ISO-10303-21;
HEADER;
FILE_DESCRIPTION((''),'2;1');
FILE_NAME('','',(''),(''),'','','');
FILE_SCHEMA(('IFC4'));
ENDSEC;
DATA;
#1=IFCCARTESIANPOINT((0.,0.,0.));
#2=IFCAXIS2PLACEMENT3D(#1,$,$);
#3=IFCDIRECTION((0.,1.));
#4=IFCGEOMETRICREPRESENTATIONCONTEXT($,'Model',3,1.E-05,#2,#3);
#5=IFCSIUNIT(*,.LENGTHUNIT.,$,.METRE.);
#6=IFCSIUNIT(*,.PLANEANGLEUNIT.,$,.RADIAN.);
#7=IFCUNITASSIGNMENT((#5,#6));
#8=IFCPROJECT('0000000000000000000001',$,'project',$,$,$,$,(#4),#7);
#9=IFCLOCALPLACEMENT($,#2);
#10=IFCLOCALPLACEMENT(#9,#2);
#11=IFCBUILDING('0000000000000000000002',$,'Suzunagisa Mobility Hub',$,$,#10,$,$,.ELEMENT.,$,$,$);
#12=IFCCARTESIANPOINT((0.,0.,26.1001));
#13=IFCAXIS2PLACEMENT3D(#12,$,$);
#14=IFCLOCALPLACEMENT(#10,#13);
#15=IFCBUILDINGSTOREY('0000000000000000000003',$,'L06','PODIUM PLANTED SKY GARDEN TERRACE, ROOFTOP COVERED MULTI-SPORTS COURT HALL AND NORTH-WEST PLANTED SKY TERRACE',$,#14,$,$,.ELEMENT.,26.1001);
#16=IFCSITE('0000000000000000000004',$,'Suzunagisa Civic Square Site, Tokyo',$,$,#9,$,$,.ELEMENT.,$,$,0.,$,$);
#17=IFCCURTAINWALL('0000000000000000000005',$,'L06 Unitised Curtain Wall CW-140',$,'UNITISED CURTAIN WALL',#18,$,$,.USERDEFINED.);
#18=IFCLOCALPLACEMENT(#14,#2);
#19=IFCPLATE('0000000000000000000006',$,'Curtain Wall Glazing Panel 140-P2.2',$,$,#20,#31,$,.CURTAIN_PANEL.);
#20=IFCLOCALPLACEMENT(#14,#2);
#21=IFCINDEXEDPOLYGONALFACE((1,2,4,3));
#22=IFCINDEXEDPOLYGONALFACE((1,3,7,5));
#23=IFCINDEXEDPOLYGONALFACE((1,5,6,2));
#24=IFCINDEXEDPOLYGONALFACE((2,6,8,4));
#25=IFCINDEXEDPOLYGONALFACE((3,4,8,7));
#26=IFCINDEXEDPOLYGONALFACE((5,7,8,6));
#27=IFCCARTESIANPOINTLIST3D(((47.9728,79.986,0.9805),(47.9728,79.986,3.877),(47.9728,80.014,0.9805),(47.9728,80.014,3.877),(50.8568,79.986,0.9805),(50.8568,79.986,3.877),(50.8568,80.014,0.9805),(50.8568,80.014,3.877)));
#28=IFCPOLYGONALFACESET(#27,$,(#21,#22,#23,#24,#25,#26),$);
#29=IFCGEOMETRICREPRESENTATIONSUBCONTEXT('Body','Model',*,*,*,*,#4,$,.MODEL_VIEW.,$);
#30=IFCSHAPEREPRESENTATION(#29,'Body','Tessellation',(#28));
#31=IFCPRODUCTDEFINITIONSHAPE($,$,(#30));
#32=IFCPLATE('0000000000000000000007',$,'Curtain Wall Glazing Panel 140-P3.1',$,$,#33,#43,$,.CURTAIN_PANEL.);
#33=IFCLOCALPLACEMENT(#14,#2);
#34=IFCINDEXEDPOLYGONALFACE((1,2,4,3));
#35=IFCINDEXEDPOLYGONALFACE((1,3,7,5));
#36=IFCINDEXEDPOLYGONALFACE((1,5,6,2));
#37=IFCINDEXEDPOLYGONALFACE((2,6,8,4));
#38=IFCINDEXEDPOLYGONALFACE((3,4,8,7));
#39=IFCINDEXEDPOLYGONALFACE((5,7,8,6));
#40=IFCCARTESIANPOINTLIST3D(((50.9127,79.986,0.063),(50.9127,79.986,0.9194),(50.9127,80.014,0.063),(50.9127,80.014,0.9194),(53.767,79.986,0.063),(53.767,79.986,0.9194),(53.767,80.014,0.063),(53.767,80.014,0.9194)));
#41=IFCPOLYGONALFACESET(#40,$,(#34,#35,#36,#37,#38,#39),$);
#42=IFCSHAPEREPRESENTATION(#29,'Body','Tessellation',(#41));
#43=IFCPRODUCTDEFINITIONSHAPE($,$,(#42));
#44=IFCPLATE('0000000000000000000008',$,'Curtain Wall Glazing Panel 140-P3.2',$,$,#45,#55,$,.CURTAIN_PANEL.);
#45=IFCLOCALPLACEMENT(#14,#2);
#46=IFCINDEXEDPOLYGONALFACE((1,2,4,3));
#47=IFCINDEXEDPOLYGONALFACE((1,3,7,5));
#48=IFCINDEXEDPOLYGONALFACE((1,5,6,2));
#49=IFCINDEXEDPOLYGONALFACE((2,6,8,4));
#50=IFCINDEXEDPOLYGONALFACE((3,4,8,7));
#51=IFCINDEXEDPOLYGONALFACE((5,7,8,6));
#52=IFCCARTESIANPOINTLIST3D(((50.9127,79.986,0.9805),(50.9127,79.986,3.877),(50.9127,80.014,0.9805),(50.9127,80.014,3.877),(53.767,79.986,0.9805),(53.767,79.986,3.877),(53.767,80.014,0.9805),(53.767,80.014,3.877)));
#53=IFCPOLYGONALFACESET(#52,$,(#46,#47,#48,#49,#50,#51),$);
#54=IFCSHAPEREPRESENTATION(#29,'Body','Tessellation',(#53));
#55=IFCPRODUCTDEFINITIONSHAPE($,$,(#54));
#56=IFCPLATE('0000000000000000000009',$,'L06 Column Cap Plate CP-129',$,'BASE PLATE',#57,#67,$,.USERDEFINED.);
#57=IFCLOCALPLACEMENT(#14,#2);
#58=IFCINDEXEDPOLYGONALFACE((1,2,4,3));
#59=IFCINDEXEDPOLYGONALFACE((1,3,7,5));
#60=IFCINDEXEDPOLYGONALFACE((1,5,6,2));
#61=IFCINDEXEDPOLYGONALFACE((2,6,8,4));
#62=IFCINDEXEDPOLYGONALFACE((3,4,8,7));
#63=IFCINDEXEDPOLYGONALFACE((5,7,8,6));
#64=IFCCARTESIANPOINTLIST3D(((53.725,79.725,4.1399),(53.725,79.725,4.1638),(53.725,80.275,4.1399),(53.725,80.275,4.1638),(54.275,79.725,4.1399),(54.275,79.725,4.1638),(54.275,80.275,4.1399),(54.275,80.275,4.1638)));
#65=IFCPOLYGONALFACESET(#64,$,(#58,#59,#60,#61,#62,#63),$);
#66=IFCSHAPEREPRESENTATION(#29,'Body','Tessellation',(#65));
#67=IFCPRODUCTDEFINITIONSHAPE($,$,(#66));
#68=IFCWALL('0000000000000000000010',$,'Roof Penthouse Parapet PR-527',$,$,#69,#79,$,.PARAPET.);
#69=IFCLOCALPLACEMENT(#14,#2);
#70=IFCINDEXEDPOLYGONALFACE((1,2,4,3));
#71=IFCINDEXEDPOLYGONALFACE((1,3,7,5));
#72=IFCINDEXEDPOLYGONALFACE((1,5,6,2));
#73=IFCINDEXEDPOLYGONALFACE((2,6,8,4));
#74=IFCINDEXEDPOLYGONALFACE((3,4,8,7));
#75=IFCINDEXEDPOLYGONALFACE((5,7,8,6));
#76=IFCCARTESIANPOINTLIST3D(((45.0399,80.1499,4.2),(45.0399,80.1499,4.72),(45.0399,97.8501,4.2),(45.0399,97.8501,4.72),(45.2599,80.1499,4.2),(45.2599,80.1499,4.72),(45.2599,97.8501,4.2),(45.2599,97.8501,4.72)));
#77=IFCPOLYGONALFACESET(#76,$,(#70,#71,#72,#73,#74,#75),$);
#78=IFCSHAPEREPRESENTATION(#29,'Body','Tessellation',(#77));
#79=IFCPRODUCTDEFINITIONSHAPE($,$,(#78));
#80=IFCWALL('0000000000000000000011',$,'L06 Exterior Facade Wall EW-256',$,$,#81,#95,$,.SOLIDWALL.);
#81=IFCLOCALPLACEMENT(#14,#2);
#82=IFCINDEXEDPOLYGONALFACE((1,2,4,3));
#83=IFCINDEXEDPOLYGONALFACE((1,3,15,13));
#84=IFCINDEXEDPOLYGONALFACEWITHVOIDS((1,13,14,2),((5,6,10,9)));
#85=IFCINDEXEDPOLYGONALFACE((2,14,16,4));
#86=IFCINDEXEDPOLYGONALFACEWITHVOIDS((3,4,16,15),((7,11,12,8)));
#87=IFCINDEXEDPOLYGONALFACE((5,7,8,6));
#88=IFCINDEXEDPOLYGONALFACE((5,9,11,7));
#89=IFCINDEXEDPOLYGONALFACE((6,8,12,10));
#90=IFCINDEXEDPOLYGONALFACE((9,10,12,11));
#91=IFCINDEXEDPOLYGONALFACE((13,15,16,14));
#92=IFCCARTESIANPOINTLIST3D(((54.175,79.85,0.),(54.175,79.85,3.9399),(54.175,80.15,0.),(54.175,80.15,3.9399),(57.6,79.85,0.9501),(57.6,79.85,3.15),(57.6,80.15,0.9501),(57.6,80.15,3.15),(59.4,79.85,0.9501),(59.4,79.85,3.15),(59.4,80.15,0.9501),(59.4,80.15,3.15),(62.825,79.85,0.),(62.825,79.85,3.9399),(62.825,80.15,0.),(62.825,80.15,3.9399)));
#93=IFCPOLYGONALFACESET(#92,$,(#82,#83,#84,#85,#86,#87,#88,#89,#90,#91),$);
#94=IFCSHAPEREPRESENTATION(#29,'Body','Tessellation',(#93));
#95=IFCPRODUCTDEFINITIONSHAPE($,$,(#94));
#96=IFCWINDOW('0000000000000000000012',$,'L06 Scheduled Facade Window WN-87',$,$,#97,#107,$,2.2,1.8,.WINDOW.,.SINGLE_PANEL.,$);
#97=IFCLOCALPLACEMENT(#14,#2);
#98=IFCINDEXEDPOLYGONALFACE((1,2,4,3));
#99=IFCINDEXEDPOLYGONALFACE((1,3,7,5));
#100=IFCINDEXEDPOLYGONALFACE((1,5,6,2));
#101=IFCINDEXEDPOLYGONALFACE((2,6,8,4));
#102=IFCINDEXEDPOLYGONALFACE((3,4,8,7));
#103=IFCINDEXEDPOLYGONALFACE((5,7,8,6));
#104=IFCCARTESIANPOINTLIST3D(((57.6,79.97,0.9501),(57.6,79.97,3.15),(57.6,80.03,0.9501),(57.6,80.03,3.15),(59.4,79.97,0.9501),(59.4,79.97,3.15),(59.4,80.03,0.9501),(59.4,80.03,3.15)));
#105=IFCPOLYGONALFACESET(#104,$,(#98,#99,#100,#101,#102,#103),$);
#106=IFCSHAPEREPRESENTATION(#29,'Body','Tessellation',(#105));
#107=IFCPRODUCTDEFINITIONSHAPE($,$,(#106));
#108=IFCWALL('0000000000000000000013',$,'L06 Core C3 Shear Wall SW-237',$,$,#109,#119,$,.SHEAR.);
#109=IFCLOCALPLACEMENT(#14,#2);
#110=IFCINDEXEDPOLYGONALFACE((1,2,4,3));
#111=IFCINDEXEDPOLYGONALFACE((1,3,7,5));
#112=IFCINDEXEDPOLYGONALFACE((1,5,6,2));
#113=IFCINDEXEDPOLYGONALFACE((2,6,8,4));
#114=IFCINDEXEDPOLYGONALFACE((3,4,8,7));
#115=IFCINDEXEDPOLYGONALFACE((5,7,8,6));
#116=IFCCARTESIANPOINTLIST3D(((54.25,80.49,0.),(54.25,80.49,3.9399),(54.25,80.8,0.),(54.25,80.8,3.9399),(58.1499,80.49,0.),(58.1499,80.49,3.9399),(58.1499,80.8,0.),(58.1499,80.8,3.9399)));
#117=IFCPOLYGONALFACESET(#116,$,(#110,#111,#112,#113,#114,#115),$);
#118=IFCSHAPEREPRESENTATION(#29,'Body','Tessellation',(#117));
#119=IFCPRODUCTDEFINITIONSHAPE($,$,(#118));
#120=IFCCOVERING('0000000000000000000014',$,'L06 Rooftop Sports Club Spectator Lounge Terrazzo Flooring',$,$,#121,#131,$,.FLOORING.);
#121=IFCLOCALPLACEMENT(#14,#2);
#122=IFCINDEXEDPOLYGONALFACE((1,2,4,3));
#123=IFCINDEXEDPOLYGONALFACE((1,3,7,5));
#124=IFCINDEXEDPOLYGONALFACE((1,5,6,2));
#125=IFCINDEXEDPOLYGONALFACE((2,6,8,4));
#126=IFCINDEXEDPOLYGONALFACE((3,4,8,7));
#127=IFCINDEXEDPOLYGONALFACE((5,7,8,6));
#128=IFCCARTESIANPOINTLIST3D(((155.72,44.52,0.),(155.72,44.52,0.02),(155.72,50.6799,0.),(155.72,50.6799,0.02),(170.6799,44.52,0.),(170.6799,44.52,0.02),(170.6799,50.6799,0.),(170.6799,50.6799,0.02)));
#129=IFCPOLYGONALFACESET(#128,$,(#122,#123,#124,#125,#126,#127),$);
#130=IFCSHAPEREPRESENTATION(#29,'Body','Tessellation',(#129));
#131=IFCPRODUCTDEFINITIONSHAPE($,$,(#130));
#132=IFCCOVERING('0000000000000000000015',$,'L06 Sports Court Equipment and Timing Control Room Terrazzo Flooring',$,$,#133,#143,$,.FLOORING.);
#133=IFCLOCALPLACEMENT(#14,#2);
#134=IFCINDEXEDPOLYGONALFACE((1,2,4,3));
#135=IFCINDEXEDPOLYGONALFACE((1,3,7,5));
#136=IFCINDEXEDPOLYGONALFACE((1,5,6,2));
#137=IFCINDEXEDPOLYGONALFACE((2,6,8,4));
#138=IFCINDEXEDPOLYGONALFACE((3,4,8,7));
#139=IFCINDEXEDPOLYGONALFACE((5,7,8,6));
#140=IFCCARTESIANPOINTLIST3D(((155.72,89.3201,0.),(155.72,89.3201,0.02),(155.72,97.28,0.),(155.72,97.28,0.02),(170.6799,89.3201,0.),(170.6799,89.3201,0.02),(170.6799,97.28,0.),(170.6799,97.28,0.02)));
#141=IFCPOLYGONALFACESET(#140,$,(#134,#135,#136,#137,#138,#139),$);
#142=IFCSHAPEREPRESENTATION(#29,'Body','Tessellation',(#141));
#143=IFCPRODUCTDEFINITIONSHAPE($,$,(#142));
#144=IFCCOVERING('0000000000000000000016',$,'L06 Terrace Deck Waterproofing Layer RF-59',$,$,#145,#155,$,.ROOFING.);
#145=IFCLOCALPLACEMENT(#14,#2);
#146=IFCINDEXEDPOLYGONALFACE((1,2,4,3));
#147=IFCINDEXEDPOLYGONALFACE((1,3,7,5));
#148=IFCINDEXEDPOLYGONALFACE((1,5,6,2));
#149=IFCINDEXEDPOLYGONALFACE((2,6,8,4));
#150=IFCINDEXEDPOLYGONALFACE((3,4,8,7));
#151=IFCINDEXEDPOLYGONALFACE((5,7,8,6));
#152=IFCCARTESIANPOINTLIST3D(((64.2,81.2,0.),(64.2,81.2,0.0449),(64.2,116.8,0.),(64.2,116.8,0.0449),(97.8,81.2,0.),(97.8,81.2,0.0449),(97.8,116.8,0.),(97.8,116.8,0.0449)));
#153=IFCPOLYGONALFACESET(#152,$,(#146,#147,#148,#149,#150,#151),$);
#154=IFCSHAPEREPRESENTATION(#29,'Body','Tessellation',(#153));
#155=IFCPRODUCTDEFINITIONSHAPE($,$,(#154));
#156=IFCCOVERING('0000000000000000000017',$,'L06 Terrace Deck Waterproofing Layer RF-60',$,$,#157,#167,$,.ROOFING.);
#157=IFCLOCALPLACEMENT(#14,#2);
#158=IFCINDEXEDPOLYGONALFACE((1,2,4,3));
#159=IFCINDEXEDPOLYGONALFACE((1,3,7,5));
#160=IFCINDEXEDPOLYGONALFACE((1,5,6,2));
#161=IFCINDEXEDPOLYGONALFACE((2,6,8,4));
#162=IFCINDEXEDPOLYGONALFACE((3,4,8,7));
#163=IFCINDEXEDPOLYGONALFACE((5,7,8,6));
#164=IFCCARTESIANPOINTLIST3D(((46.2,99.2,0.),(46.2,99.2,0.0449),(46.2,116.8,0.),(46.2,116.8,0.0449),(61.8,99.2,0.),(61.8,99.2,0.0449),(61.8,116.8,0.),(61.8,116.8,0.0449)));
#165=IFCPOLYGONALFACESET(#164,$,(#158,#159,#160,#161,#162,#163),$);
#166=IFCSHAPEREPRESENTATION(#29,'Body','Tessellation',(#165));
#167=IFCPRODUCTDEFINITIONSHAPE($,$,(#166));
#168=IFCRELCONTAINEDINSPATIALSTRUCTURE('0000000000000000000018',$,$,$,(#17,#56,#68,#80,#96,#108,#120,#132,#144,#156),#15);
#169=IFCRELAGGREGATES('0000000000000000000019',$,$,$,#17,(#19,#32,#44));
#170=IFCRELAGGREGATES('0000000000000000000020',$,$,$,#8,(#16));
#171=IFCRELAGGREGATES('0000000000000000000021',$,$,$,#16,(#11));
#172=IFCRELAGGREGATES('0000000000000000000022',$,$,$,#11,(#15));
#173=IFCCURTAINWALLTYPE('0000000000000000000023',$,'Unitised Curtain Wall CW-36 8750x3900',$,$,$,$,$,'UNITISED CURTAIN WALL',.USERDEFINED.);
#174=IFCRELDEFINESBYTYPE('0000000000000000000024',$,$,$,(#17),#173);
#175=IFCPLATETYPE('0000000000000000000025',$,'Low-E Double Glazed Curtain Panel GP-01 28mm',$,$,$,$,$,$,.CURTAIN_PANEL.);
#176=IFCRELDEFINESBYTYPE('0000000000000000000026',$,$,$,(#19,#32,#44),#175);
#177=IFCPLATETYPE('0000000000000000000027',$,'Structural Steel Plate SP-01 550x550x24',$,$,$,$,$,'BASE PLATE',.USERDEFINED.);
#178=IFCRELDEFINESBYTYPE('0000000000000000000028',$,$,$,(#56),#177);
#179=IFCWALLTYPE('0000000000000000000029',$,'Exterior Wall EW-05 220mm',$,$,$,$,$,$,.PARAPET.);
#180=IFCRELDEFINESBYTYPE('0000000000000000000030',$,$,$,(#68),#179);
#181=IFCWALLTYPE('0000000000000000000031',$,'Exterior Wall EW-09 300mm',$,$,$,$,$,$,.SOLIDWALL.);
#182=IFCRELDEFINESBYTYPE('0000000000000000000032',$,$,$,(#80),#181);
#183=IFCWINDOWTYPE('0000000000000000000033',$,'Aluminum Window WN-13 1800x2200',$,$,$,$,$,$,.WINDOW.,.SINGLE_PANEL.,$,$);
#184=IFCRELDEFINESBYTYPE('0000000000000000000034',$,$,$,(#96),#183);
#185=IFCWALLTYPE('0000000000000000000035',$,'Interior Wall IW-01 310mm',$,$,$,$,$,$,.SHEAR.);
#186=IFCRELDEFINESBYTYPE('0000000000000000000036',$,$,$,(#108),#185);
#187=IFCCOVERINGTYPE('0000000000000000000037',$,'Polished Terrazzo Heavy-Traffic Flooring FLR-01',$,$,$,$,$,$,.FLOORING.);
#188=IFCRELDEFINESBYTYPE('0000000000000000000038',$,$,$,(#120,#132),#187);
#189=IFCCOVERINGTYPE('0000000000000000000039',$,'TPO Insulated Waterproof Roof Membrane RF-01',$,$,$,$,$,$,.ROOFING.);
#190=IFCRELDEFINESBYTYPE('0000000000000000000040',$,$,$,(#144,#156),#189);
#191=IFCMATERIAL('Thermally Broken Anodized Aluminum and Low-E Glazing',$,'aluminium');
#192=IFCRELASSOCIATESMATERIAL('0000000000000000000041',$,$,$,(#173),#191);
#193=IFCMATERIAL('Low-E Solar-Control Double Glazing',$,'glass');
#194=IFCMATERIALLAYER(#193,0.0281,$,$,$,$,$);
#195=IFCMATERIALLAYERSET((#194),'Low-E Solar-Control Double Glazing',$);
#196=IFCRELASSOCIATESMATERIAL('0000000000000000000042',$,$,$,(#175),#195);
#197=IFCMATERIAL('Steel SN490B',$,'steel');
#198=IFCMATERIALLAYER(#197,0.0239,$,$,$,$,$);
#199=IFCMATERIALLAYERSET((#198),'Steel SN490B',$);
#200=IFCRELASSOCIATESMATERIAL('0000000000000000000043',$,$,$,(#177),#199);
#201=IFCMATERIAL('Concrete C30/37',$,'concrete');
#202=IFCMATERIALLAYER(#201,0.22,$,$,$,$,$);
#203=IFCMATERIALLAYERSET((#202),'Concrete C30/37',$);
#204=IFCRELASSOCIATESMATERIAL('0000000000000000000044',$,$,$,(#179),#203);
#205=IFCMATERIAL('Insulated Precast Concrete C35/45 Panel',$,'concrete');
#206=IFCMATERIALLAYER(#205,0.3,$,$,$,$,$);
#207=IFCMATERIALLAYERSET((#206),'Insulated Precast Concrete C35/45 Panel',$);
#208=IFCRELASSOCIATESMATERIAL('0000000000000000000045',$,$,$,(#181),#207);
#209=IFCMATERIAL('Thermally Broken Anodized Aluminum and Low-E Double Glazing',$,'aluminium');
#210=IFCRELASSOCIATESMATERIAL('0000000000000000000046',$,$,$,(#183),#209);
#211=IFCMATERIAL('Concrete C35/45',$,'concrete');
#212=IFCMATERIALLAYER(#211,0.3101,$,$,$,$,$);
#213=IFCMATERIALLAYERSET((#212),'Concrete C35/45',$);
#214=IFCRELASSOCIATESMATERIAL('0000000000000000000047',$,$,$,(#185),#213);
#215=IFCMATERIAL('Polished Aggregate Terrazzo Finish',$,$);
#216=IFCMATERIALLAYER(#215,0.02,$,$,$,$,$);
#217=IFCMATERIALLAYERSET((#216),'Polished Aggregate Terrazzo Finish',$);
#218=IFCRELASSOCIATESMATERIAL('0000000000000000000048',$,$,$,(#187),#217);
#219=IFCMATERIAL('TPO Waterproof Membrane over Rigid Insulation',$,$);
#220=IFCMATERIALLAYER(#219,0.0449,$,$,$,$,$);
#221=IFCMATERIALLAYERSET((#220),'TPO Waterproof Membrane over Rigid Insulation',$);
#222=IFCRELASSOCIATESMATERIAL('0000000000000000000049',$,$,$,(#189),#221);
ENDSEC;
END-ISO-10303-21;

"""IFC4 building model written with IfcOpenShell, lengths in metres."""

from ifc_helpers import new_model, si_unit, direction, frame, frame_2d, origin, origin_2d, place, context, subcontext, project, spatial, polyline, rectangle, outline, extrude, material, layer, layer_set, type_object, element, fill, aggregate, save


model = new_model("IFC4")

# Units and contexts
model_context = context("Model", 3, precision=1e-05, world=origin(), true_north=direction((0.0, 1.0)))
body_context = subcontext(model_context, "Body", "Model", "MODEL_VIEW")
ifc_project = project(units=[si_unit("LENGTHUNIT", "METRE"), si_unit("PLANEANGLEUNIT", "RADIAN")], contexts=[model_context])

# Site, building, storey
site_placement = place(None, origin())
site = spatial("IfcSite", under=ifc_project, at=site_placement, Name="Suzunagisa Civic Square Site, Tokyo", CompositionType="ELEMENT", RefElevation=0.0)
building_placement = place(site_placement, origin())
building = spatial("IfcBuilding", under=site, at=building_placement, Name="Suzunagisa Mobility Hub", CompositionType="ELEMENT")
storey_placement = place(building_placement, frame((0.0, 0.0, 26.1001)))
storey = spatial("IfcBuildingStorey", under=building, at=storey_placement, Name="L06", Description="PODIUM PLANTED SKY GARDEN TERRACE, ROOFTOP COVERED MULTI-SPORTS COURT HALL AND NORTH-WEST PLANTED SKY TERRACE", CompositionType="ELEMENT", Elevation=26.1001)

# Shared definitions
ifc_material_1 = material(Name="Steel SN490B", Category="steel")

# Curtain wall
ifc_material_2 = material(Name="Thermally Broken Anodized Aluminum and Low-E Glazing", Category="aluminium")
curtain_wall_type = type_object("IfcCurtainWallType", Name="Unitised Curtain Wall CW-36 8750x3900", ElementType="UNITISED CURTAIN WALL", PredefinedType="USERDEFINED", material=ifc_material_2)
curtain_wall_placement = place(storey_placement, origin())
curtain_wall = element("IfcCurtainWall", 1, at=curtain_wall_placement, inside=storey, type_object=curtain_wall_type, Name="L06 Unitised Curtain Wall CW-140", ObjectType="UNITISED CURTAIN WALL", PredefinedType="USERDEFINED")

# Shared definitions
ifc_material_3 = material(Name="Concrete C35/45", Category="concrete")

# Plates
ifc_material_4 = material(Name="Low-E Solar-Control Double Glazing", Category="glass")
ifc_layer_1 = layer(ifc_material_4, 0.0281)
ifc_layer_set_1 = layer_set([ifc_layer_1], Name="Low-E Solar-Control Double Glazing")
plate_type_1 = type_object("IfcPlateType", Name="Low-E Double Glazed Curtain Panel GP-01 28mm", PredefinedType="CURTAIN_PANEL", material=ifc_layer_set_1)
plate_1_placement = place(storey_placement, frame((49.4148, 80.0, 0.9805), z_axis=(0.0, 0.0, 1.0), x_axis=(1.0, 0.0, 0.0)))
plate_1 = element("IfcPlate", 2, at=plate_1_placement, type_object=plate_type_1, Name="Curtain Wall Glazing Panel 140-P2.2", PredefinedType="CURTAIN_PANEL", context=body_context, shape_type="SweptSolid", body=[
    extrude(rectangle(XDim=2.884, YDim=0.0281, at=origin_2d()), origin(), (0.0, 0.0, 1.0), 2.8965),
])
plate_2_placement = place(storey_placement, frame((52.3398, 80.0, 0.063), z_axis=(0.0, 0.0, 1.0), x_axis=(1.0, 0.0, 0.0)))
plate_2 = element("IfcPlate", 3, at=plate_2_placement, type_object=plate_type_1, Name="Curtain Wall Glazing Panel 140-P3.1", PredefinedType="CURTAIN_PANEL", context=body_context, shape_type="SweptSolid", body=[
    extrude(rectangle(XDim=2.8542, YDim=0.0281, at=origin_2d()), origin(), (0.0, 0.0, 1.0), 0.8564),
])
plate_3_placement = place(storey_placement, frame((52.3398, 80.0, 0.9805), z_axis=(0.0, 0.0, 1.0), x_axis=(1.0, 0.0, 0.0)))
plate_3 = element("IfcPlate", 4, at=plate_3_placement, type_object=plate_type_1, Name="Curtain Wall Glazing Panel 140-P3.2", PredefinedType="CURTAIN_PANEL", context=body_context, shape_type="SweptSolid", body=[
    extrude(rectangle(XDim=2.8542, YDim=0.0281, at=origin_2d()), origin(), (0.0, 0.0, 1.0), 2.8965),
])
aggregate(curtain_wall, [plate_1, plate_2, plate_3])
ifc_layer_2 = layer(ifc_material_1, 0.0239)
ifc_layer_set_2 = layer_set([ifc_layer_2], Name="Steel SN490B")
plate_type_2 = type_object("IfcPlateType", Name="Structural Steel Plate SP-01 550x550x24", ElementType="BASE PLATE", PredefinedType="USERDEFINED", material=ifc_layer_set_2)
plate_4_placement = place(storey_placement, frame((54.0, 80.0, 4.1399), z_axis=(0.0, 0.0, 1.0), x_axis=(1.0, 0.0, 0.0)))
element("IfcPlate", 5, at=plate_4_placement, inside=storey, type_object=plate_type_2, Name="L06 Column Cap Plate CP-129", ObjectType="BASE PLATE", PredefinedType="USERDEFINED", context=body_context, shape_type="SweptSolid", body=[
    extrude(rectangle(XDim=0.55, YDim=0.55, at=origin_2d()), origin(), (0.0, 0.0, 1.0), 0.0239),
])

# Wall
ifc_material_5 = material(Name="Concrete C30/37", Category="concrete")
ifc_layer_3 = layer(ifc_material_5, 0.22)
ifc_layer_set_3 = layer_set([ifc_layer_3], Name="Concrete C30/37")
wall_type_1 = type_object("IfcWallType", Name="Exterior Wall EW-05 220mm", PredefinedType="PARAPET", material=ifc_layer_set_3)
wall_1_placement = place(storey_placement, frame((45.1499, 80.1499, 4.2), z_axis=(0.0, 0.0, 1.0), x_axis=(0.0, 1.0, 0.0)))
element("IfcWall", 6, at=wall_1_placement, inside=storey, type_object=wall_type_1, Name="Roof Penthouse Parapet PR-527", PredefinedType="PARAPET", context=body_context, shape_type="SweptSolid", body=[
    extrude(rectangle(XDim=17.7002, YDim=0.22, at=frame_2d((8.8501, 0.0))), origin(), (0.0, 0.0, 1.0), 0.52),
])

# Wall, opening, window
ifc_material_6 = material(Name="Insulated Precast Concrete C35/45 Panel", Category="concrete")
ifc_layer_4 = layer(ifc_material_6, 0.3)
ifc_layer_set_4 = layer_set([ifc_layer_4], Name="Insulated Precast Concrete C35/45 Panel")
wall_type_2 = type_object("IfcWallType", Name="Exterior Wall EW-09 300mm", PredefinedType="SOLIDWALL", material=ifc_layer_set_4)
wall_2_placement = place(storey_placement, frame((54.175, 80.0, 0.0), z_axis=(0.0, 0.0, 1.0), x_axis=(1.0, 0.0, 0.0)))
wall_2 = element("IfcWall", 7, at=wall_2_placement, inside=storey, type_object=wall_type_2, Name="L06 Exterior Facade Wall EW-256", PredefinedType="SOLIDWALL", context=body_context, shape_type="SweptSolid", body=[
    extrude(rectangle(XDim=8.6499, YDim=0.3, at=frame_2d((4.325, 0.0))), origin(), (0.0, 0.0, 1.0), 3.9399),
])
opening_placement = place(wall_2_placement, frame((3.425, 0.0, 0.95)))
opening = element("IfcOpeningElement", 8, at=opening_placement, cuts=wall_2, PredefinedType="OPENING", context=body_context, shape_type="SweptSolid", body=[
    extrude(rectangle(XDim=1.8, YDim=2.2, at=frame_2d((0.8999, 1.1001))), frame((0.0, 0.1611, 0.0), z_axis=(0.0, -1.0, 0.0), x_axis=(1.0, 0.0, 0.0)), (0.0, 0.0, 1.0), 0.322),
])
ifc_material_7 = material(Name="Thermally Broken Anodized Aluminum and Low-E Double Glazing", Category="aluminium")
window_type = type_object("IfcWindowType", Name="Aluminum Window WN-13 1800x2200", PartitioningType="SINGLE_PANEL", PredefinedType="WINDOW", material=ifc_material_7)
window_placement = place(opening_placement, origin())
window = element("IfcWindow", 9, at=window_placement, inside=storey, type_object=window_type, Name="L06 Scheduled Facade Window WN-87", OverallHeight=2.2, OverallWidth=1.8, PartitioningType="SINGLE_PANEL", PredefinedType="WINDOW", context=body_context, shape_type="SweptSolid", body=[
    extrude(rectangle(XDim=1.8, YDim=2.2, at=frame_2d((0.8999, 1.1001))), frame((0.0, 0.03, 0.0), z_axis=(0.0, -1.0, 0.0), x_axis=(1.0, 0.0, 0.0)), (0.0, 0.0, 1.0), 0.0601),
])
fill(opening, window)

# Wall
ifc_layer_5 = layer(ifc_material_3, 0.3101)
ifc_layer_set_5 = layer_set([ifc_layer_5], Name="Concrete C35/45")
wall_type_3 = type_object("IfcWallType", Name="Interior Wall IW-01 310mm", PredefinedType="SHEAR", material=ifc_layer_set_5)
wall_3_placement = place(storey_placement, frame((54.25, 80.645, 0.0), z_axis=(0.0, 0.0, 1.0), x_axis=(1.0, 0.0, 0.0)))
element("IfcWall", 10, at=wall_3_placement, inside=storey, type_object=wall_type_3, Name="L06 Core C3 Shear Wall SW-237", PredefinedType="SHEAR", context=body_context, shape_type="SweptSolid", body=[
    extrude(rectangle(XDim=3.8999, YDim=0.3101, at=frame_2d((1.95, 0.0))), origin(), (0.0, 0.0, 1.0), 3.9399),
])

# Coverings
ifc_material_8 = material(Name="Polished Aggregate Terrazzo Finish")
ifc_layer_6 = layer(ifc_material_8, 0.02)
ifc_layer_set_6 = layer_set([ifc_layer_6], Name="Polished Aggregate Terrazzo Finish")
covering_type_1 = type_object("IfcCoveringType", Name="Polished Terrazzo Heavy-Traffic Flooring FLR-01", PredefinedType="FLOORING", material=ifc_layer_set_6)
covering_1_placement = place(storey_placement, origin())
element("IfcCovering", 11, at=covering_1_placement, inside=storey, type_object=covering_type_1, Name="L06 Rooftop Sports Club Spectator Lounge Terrazzo Flooring", PredefinedType="FLOORING", context=body_context, shape_type="SweptSolid", body=[
    extrude(outline(polyline([(155.72, 44.52), (155.72, 50.6799), (170.6799, 50.6799), (170.6799, 44.52), (155.72, 44.52)])), origin(), (0.0, 0.0, 1.0), 0.02),
])
covering_2_placement = place(storey_placement, origin())
element("IfcCovering", 12, at=covering_2_placement, inside=storey, type_object=covering_type_1, Name="L06 Sports Court Equipment and Timing Control Room Terrazzo Flooring", PredefinedType="FLOORING", context=body_context, shape_type="SweptSolid", body=[
    extrude(outline(polyline([(155.72, 97.28), (170.6799, 97.28), (170.6799, 89.3201), (155.72, 89.3201), (155.72, 97.28)])), origin(), (0.0, 0.0, 1.0), 0.02),
])
ifc_material_9 = material(Name="TPO Waterproof Membrane over Rigid Insulation")
ifc_layer_7 = layer(ifc_material_9, 0.0449)
ifc_layer_set_7 = layer_set([ifc_layer_7], Name="TPO Waterproof Membrane over Rigid Insulation")
covering_type_2 = type_object("IfcCoveringType", Name="TPO Insulated Waterproof Roof Membrane RF-01", PredefinedType="ROOFING", material=ifc_layer_set_7)
covering_3_placement = place(storey_placement, origin())
element("IfcCovering", 13, at=covering_3_placement, inside=storey, type_object=covering_type_2, Name="L06 Terrace Deck Waterproofing Layer RF-59", PredefinedType="ROOFING", context=body_context, shape_type="SweptSolid", body=[
    extrude(outline(polyline([(64.2, 81.2), (64.2, 116.8), (97.8, 116.8), (97.8, 81.2), (64.2, 81.2)])), origin(), (0.0, 0.0, 1.0), 0.0449),
])
covering_4_placement = place(storey_placement, origin())
element("IfcCovering", 14, at=covering_4_placement, inside=storey, type_object=covering_type_2, Name="L06 Terrace Deck Waterproofing Layer RF-60", PredefinedType="ROOFING", context=body_context, shape_type="SweptSolid", body=[
    extrude(outline(polyline([(46.2, 99.2), (46.2, 116.8), (61.8, 116.8), (61.8, 99.2), (46.2, 99.2)])), origin(), (0.0, 0.0, 1.0), 0.0449),
])

save(model, "model.ifc")
